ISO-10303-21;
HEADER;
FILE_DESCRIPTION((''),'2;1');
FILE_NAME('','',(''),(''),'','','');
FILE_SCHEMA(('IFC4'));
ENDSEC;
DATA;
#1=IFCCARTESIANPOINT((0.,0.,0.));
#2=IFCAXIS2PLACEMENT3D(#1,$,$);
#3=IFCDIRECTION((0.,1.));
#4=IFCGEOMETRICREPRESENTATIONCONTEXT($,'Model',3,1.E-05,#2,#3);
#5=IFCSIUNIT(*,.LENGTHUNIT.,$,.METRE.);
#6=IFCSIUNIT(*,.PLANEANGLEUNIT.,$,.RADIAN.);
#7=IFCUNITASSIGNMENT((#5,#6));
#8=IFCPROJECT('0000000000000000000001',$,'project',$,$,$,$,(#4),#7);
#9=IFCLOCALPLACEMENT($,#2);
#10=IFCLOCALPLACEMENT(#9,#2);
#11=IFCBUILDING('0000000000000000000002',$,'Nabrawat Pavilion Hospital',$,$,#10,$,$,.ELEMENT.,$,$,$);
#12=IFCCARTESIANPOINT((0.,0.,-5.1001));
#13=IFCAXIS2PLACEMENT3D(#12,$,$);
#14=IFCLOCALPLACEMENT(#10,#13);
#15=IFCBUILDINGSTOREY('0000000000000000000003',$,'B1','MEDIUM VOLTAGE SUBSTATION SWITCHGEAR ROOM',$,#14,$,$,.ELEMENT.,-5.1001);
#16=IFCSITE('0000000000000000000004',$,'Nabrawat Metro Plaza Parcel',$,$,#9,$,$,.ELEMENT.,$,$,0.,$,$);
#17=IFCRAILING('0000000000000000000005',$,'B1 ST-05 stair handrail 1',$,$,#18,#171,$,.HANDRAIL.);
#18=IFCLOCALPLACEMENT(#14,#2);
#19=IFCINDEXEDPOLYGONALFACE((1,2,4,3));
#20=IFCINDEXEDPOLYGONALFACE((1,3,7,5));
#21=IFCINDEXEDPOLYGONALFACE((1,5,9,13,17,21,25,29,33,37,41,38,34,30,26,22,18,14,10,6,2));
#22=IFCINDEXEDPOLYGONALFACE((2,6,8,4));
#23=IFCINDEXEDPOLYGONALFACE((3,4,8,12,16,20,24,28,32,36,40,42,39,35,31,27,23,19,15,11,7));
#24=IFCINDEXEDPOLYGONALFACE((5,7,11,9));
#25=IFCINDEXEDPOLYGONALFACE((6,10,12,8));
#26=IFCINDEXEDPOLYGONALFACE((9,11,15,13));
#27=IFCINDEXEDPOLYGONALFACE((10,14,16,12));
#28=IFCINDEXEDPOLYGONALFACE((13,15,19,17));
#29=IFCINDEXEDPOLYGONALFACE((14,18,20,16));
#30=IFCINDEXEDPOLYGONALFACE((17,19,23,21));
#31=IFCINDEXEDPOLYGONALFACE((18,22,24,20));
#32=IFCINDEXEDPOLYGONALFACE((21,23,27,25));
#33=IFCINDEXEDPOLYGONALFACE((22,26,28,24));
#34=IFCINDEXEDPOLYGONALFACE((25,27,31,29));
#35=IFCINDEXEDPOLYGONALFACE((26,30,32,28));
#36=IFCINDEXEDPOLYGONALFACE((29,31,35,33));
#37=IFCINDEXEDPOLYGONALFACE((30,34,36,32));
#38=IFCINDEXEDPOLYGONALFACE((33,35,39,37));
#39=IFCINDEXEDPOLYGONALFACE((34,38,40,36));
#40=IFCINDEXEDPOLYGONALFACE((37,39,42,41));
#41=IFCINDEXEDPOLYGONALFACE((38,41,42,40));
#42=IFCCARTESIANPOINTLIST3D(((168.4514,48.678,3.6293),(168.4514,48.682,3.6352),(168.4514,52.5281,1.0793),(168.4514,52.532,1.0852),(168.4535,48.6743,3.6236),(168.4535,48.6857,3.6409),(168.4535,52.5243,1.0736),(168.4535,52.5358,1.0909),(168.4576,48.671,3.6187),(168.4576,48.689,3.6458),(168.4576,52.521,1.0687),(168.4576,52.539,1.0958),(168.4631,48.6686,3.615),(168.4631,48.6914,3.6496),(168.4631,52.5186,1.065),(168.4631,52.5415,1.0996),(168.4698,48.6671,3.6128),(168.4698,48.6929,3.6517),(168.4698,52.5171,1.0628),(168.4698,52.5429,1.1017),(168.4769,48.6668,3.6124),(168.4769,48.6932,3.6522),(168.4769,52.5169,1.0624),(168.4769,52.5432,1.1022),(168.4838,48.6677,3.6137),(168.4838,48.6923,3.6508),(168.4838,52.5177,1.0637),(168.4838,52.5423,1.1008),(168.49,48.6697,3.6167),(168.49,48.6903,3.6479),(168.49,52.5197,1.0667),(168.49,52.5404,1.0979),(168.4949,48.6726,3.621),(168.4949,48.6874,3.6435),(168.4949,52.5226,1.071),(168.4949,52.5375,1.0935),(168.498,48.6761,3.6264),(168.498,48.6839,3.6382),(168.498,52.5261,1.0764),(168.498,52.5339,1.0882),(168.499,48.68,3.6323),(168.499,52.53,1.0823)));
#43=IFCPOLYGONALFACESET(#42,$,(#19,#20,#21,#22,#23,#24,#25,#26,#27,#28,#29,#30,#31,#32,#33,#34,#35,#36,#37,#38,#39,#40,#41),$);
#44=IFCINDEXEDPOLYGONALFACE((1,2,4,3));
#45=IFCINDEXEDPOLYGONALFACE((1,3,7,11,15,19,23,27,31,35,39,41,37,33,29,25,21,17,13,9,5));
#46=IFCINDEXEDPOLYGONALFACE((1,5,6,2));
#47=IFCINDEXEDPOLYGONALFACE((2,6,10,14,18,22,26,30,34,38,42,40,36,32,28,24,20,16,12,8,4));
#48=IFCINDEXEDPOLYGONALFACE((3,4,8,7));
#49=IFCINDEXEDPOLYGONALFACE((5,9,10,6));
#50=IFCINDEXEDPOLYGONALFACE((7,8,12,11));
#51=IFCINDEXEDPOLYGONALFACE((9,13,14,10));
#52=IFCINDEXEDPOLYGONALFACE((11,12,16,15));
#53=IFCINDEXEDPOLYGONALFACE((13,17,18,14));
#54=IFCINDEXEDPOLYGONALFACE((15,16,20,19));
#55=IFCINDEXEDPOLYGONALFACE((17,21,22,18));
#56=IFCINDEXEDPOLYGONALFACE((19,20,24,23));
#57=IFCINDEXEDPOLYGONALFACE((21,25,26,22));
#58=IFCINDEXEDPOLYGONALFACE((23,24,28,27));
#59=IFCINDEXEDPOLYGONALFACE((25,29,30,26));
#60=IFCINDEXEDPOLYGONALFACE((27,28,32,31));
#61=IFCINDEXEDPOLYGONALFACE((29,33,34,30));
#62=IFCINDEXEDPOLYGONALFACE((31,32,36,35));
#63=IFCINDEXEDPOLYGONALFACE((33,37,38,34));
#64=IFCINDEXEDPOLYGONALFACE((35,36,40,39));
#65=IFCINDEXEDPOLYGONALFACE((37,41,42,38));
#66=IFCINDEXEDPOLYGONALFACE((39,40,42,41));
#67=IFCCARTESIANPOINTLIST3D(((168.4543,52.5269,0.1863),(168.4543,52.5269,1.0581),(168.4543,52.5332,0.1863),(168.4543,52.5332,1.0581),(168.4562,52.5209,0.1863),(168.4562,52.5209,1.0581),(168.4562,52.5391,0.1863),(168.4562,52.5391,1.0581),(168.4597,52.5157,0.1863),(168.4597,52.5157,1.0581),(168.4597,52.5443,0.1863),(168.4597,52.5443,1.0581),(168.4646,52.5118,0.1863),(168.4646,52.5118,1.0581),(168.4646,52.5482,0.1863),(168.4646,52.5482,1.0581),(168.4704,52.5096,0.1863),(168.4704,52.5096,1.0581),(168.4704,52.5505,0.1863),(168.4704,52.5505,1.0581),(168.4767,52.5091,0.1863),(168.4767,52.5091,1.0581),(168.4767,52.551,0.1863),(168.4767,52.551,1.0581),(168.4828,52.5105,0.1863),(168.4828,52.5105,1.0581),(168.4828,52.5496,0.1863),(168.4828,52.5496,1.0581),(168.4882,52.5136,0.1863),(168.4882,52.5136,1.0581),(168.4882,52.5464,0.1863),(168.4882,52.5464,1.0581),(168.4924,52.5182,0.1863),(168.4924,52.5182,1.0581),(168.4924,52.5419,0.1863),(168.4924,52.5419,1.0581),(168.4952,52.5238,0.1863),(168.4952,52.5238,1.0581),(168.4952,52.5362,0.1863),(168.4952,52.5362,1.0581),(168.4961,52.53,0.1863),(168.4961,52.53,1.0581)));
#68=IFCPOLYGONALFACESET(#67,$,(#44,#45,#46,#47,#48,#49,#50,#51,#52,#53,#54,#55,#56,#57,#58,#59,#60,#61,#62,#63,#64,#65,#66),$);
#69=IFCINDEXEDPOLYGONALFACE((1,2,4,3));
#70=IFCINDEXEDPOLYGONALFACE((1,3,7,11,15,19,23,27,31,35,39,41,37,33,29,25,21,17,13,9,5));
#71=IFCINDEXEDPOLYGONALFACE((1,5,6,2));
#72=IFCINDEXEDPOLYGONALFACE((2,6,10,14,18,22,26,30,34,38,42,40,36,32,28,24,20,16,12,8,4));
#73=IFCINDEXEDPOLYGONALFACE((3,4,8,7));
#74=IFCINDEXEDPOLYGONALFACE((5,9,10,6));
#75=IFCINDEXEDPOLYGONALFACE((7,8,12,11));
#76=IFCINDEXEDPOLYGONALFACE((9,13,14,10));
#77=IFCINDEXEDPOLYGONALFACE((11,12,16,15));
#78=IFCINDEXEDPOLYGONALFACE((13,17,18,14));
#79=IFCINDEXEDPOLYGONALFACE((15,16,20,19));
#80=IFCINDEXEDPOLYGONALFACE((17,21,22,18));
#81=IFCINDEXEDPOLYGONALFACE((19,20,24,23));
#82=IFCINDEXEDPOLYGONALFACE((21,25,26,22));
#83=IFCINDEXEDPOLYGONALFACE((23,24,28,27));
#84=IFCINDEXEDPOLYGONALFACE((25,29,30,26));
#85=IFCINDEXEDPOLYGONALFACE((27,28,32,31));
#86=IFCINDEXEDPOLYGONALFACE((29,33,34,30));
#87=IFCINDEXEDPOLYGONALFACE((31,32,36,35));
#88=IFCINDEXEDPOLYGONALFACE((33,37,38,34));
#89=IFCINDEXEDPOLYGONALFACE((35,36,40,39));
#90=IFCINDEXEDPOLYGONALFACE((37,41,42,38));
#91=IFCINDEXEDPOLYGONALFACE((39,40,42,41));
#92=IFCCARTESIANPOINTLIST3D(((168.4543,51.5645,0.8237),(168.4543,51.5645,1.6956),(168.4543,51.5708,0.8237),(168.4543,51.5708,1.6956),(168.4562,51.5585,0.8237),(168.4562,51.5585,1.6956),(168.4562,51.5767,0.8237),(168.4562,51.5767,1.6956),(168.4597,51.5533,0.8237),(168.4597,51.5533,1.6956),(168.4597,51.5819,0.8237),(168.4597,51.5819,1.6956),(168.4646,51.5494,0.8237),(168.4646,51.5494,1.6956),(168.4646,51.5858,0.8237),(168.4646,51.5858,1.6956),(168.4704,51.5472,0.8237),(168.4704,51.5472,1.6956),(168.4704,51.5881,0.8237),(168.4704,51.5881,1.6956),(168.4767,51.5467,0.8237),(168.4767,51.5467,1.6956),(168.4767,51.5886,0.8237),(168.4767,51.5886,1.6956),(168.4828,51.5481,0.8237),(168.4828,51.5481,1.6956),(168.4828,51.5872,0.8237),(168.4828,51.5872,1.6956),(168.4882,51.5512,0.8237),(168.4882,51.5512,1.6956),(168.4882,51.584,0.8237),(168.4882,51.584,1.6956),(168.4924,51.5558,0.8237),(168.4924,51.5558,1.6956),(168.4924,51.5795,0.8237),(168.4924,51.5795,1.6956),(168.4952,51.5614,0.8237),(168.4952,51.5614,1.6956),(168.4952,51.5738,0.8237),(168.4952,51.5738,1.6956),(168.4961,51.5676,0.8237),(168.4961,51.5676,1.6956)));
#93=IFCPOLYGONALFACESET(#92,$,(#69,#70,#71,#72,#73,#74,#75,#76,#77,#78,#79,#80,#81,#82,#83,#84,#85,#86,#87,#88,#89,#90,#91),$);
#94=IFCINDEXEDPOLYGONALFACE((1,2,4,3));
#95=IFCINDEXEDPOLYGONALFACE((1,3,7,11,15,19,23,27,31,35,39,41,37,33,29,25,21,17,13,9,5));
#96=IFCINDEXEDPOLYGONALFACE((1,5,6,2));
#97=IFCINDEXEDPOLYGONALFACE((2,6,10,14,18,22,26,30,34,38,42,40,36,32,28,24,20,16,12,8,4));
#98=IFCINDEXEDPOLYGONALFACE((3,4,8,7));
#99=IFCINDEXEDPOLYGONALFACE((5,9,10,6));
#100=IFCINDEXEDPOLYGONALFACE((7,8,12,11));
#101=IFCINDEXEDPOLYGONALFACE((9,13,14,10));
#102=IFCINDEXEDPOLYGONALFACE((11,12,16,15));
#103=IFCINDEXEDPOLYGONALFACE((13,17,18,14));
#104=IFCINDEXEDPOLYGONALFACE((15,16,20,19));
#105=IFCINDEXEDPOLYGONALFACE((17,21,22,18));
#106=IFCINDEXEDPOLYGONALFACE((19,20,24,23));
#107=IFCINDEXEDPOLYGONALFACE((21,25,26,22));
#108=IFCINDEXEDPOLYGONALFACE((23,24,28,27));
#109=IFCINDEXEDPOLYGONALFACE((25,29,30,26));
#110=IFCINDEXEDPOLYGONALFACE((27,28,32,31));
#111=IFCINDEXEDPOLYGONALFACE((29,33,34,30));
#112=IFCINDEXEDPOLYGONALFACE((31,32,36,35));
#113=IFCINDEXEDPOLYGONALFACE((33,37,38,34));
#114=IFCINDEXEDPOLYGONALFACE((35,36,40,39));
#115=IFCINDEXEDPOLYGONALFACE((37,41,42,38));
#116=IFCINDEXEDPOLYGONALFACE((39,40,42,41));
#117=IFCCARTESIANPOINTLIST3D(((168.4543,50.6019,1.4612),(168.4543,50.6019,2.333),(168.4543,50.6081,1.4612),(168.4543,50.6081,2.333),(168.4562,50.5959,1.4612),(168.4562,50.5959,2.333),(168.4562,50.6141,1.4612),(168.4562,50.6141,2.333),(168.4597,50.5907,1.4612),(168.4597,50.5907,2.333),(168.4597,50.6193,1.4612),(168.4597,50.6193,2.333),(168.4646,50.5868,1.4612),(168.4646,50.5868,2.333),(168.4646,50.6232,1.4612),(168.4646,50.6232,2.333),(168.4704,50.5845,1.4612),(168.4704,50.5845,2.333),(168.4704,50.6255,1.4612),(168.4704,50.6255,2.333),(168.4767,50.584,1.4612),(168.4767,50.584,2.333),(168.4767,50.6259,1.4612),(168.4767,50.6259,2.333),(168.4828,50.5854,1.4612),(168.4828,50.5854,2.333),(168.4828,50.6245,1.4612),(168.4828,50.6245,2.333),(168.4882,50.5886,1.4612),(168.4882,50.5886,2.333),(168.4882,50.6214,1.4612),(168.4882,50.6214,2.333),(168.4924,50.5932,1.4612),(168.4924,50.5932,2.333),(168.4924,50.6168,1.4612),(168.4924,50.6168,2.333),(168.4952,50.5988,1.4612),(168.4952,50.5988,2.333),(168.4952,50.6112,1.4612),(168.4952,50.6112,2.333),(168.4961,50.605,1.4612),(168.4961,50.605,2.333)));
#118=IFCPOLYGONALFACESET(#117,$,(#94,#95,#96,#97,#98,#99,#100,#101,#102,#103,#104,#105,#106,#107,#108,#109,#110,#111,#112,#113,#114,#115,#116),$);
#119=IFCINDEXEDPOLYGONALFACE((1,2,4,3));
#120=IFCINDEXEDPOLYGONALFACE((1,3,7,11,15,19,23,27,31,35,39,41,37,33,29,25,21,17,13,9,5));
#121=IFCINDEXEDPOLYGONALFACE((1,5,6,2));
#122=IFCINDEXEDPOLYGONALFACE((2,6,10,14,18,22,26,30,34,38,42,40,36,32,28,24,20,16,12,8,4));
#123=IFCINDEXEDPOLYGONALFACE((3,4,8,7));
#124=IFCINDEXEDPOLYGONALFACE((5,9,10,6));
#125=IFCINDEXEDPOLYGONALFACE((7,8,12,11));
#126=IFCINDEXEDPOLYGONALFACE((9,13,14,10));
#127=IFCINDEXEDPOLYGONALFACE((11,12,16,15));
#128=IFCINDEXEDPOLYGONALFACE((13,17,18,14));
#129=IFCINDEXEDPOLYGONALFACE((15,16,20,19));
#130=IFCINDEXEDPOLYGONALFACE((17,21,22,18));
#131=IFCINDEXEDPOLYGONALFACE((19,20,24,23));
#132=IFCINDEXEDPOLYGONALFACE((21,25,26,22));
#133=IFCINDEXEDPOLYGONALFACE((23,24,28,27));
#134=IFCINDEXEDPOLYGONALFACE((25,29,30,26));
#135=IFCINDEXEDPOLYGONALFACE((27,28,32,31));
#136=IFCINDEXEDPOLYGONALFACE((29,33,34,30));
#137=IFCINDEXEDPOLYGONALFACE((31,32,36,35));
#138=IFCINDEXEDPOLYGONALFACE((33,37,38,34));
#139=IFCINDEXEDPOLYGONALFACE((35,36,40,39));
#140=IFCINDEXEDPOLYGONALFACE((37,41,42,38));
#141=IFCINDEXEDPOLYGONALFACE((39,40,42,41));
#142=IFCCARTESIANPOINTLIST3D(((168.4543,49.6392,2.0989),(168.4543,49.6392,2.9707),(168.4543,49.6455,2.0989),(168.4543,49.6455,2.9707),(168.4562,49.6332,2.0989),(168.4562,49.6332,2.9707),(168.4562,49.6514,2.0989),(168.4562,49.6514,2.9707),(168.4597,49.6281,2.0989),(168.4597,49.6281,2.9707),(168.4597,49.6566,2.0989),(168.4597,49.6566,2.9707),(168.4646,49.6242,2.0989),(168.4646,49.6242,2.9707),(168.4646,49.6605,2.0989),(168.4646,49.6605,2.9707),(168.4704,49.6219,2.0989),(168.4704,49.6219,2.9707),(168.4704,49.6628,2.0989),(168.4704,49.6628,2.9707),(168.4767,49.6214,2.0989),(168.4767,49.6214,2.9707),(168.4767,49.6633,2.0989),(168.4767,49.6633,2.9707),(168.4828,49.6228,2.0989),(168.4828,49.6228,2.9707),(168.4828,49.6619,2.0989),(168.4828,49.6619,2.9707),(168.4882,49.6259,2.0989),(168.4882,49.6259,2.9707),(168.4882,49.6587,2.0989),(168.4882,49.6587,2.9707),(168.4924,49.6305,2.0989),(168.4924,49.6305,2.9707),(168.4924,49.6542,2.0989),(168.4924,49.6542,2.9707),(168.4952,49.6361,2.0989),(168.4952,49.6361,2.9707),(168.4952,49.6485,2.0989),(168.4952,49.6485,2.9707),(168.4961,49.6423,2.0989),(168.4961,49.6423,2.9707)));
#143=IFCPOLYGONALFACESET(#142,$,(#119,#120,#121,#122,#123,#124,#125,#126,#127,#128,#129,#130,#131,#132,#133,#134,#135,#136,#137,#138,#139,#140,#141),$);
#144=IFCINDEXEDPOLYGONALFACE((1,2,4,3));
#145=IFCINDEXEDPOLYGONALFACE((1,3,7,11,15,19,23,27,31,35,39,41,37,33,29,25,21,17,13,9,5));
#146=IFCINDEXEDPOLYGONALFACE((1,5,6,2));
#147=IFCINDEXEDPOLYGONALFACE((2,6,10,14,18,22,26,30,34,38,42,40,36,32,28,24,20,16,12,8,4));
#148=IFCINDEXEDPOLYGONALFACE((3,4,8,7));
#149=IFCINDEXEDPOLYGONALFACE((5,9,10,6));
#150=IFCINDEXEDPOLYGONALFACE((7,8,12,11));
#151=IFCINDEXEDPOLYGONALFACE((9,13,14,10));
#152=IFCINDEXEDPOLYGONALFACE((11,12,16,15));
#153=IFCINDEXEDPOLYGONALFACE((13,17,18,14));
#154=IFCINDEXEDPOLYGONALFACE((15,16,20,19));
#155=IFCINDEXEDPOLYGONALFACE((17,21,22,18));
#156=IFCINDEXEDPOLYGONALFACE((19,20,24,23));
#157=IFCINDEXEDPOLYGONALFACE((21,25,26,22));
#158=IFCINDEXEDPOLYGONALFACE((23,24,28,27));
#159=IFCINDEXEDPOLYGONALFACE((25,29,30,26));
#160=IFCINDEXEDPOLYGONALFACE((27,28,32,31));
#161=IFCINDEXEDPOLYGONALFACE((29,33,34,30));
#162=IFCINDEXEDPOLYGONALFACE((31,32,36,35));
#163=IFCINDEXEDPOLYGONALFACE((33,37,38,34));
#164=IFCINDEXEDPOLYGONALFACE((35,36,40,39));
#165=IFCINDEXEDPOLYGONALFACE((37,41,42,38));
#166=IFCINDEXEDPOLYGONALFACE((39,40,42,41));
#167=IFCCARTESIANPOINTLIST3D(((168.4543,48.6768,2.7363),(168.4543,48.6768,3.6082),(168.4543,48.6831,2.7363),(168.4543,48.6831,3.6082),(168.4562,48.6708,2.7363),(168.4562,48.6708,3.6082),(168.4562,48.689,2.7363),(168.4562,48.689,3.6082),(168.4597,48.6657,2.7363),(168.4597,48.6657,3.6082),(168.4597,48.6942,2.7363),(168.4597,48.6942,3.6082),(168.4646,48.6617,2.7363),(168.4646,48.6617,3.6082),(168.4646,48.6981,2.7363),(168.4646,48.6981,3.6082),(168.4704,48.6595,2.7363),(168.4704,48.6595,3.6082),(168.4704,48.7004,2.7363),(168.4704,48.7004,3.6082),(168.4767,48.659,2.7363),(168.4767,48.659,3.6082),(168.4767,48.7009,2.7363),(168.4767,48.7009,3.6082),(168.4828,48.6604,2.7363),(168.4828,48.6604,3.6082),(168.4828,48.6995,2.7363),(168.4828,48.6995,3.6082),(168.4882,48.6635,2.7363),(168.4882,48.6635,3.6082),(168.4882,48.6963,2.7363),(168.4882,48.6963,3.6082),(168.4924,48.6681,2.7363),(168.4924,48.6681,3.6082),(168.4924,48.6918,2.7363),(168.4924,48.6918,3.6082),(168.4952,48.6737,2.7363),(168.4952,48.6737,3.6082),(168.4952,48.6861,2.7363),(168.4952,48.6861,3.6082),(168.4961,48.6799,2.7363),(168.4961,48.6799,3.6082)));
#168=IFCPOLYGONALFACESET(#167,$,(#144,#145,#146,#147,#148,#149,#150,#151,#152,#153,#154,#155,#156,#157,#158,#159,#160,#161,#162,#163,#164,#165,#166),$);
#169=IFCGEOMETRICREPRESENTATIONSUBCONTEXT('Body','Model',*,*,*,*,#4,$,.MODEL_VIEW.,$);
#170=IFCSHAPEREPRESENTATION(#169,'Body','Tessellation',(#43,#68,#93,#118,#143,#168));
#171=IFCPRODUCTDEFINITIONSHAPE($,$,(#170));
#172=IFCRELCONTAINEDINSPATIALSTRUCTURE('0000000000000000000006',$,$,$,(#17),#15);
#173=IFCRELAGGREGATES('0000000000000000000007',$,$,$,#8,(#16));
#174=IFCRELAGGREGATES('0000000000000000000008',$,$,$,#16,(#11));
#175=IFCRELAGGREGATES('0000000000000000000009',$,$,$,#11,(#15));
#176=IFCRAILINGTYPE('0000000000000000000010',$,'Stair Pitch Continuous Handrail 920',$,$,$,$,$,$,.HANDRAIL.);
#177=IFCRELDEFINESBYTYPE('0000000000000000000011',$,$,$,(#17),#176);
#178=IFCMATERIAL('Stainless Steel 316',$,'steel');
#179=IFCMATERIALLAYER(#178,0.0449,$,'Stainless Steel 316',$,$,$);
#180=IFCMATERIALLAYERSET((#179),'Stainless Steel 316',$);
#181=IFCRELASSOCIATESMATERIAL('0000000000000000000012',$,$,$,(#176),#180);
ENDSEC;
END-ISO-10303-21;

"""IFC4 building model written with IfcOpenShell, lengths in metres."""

from ifc_helpers import new_model, si_unit, direction, frame, origin, origin_2d, place, context, subcontext, project, spatial, circle, extrude, material, layer, layer_set, type_object, element, save


model = new_model("IFC4")

# Units and contexts
model_context = context("Model", 3, precision=1e-05, world=origin(), true_north=direction((0.0, 1.0)))
body_context = subcontext(model_context, "Body", "Model", "MODEL_VIEW")
ifc_project = project(units=[si_unit("LENGTHUNIT", "METRE"), si_unit("PLANEANGLEUNIT", "RADIAN")], contexts=[model_context])

# Site, building, storey
site_placement = place(None, origin())
site = spatial("IfcSite", under=ifc_project, at=site_placement, Name="Nabrawat Metro Plaza Parcel", CompositionType="ELEMENT", RefElevation=0.0)
building_placement = place(site_placement, origin())
building = spatial("IfcBuilding", under=site, at=building_placement, Name="Nabrawat Pavilion Hospital", CompositionType="ELEMENT")
storey_placement = place(building_placement, frame((0.0, 0.0, -5.1001)))
storey = spatial("IfcBuildingStorey", under=building, at=storey_placement, Name="B1", Description="MEDIUM VOLTAGE SUBSTATION SWITCHGEAR ROOM", CompositionType="ELEMENT", Elevation=-5.1001)

# Railing
ifc_material_1 = material(Name="Stainless Steel 316", Category="steel")
ifc_layer_1 = layer(ifc_material_1, 0.0449, Name="Stainless Steel 316")
ifc_layer_set_1 = layer_set([ifc_layer_1], Name="Stainless Steel 316")
railing_type_1 = type_object("IfcRailingType", Name="Stair Pitch Continuous Handrail 920", PredefinedType="HANDRAIL", material=ifc_layer_set_1)
railing_1_placement = place(storey_placement, frame((168.4751, 52.53, 0.1863)))
element("IfcRailing", 1, at=railing_1_placement, inside=storey, type_object=railing_type_1, Name="B1 ST-05 stair handrail 1", PredefinedType="HANDRAIL", context=body_context, shape_type="SweptSolid", body=[
    extrude(circle(Radius=0.0239, at=origin_2d()), frame((0.0, 0.0, 0.896), z_axis=(0.0, -0.833714, 0.552197), x_axis=(1.0, 0.0, 0.0)), (0.0, 0.0, 1.0), 4.6179),
    extrude(circle(Radius=0.021, at=origin_2d()), origin(), (0.0, 0.0, 1.0), 0.8718),
    extrude(circle(Radius=0.021, at=origin_2d()), frame((0.0, -0.9624, 0.6375)), (0.0, 0.0, 1.0), 0.8718),
    extrude(circle(Radius=0.021, at=origin_2d()), frame((0.0, -1.925, 1.2749)), (0.0, 0.0, 1.0), 0.8718),
    extrude(circle(Radius=0.021, at=origin_2d()), frame((0.0, -2.8877, 1.9126)), (0.0, 0.0, 1.0), 0.8718),
    extrude(circle(Radius=0.021, at=origin_2d()), frame((0.0, -3.8501, 2.55)), (0.0, 0.0, 1.0), 0.8718),
])

save(model, "model.ifc")
